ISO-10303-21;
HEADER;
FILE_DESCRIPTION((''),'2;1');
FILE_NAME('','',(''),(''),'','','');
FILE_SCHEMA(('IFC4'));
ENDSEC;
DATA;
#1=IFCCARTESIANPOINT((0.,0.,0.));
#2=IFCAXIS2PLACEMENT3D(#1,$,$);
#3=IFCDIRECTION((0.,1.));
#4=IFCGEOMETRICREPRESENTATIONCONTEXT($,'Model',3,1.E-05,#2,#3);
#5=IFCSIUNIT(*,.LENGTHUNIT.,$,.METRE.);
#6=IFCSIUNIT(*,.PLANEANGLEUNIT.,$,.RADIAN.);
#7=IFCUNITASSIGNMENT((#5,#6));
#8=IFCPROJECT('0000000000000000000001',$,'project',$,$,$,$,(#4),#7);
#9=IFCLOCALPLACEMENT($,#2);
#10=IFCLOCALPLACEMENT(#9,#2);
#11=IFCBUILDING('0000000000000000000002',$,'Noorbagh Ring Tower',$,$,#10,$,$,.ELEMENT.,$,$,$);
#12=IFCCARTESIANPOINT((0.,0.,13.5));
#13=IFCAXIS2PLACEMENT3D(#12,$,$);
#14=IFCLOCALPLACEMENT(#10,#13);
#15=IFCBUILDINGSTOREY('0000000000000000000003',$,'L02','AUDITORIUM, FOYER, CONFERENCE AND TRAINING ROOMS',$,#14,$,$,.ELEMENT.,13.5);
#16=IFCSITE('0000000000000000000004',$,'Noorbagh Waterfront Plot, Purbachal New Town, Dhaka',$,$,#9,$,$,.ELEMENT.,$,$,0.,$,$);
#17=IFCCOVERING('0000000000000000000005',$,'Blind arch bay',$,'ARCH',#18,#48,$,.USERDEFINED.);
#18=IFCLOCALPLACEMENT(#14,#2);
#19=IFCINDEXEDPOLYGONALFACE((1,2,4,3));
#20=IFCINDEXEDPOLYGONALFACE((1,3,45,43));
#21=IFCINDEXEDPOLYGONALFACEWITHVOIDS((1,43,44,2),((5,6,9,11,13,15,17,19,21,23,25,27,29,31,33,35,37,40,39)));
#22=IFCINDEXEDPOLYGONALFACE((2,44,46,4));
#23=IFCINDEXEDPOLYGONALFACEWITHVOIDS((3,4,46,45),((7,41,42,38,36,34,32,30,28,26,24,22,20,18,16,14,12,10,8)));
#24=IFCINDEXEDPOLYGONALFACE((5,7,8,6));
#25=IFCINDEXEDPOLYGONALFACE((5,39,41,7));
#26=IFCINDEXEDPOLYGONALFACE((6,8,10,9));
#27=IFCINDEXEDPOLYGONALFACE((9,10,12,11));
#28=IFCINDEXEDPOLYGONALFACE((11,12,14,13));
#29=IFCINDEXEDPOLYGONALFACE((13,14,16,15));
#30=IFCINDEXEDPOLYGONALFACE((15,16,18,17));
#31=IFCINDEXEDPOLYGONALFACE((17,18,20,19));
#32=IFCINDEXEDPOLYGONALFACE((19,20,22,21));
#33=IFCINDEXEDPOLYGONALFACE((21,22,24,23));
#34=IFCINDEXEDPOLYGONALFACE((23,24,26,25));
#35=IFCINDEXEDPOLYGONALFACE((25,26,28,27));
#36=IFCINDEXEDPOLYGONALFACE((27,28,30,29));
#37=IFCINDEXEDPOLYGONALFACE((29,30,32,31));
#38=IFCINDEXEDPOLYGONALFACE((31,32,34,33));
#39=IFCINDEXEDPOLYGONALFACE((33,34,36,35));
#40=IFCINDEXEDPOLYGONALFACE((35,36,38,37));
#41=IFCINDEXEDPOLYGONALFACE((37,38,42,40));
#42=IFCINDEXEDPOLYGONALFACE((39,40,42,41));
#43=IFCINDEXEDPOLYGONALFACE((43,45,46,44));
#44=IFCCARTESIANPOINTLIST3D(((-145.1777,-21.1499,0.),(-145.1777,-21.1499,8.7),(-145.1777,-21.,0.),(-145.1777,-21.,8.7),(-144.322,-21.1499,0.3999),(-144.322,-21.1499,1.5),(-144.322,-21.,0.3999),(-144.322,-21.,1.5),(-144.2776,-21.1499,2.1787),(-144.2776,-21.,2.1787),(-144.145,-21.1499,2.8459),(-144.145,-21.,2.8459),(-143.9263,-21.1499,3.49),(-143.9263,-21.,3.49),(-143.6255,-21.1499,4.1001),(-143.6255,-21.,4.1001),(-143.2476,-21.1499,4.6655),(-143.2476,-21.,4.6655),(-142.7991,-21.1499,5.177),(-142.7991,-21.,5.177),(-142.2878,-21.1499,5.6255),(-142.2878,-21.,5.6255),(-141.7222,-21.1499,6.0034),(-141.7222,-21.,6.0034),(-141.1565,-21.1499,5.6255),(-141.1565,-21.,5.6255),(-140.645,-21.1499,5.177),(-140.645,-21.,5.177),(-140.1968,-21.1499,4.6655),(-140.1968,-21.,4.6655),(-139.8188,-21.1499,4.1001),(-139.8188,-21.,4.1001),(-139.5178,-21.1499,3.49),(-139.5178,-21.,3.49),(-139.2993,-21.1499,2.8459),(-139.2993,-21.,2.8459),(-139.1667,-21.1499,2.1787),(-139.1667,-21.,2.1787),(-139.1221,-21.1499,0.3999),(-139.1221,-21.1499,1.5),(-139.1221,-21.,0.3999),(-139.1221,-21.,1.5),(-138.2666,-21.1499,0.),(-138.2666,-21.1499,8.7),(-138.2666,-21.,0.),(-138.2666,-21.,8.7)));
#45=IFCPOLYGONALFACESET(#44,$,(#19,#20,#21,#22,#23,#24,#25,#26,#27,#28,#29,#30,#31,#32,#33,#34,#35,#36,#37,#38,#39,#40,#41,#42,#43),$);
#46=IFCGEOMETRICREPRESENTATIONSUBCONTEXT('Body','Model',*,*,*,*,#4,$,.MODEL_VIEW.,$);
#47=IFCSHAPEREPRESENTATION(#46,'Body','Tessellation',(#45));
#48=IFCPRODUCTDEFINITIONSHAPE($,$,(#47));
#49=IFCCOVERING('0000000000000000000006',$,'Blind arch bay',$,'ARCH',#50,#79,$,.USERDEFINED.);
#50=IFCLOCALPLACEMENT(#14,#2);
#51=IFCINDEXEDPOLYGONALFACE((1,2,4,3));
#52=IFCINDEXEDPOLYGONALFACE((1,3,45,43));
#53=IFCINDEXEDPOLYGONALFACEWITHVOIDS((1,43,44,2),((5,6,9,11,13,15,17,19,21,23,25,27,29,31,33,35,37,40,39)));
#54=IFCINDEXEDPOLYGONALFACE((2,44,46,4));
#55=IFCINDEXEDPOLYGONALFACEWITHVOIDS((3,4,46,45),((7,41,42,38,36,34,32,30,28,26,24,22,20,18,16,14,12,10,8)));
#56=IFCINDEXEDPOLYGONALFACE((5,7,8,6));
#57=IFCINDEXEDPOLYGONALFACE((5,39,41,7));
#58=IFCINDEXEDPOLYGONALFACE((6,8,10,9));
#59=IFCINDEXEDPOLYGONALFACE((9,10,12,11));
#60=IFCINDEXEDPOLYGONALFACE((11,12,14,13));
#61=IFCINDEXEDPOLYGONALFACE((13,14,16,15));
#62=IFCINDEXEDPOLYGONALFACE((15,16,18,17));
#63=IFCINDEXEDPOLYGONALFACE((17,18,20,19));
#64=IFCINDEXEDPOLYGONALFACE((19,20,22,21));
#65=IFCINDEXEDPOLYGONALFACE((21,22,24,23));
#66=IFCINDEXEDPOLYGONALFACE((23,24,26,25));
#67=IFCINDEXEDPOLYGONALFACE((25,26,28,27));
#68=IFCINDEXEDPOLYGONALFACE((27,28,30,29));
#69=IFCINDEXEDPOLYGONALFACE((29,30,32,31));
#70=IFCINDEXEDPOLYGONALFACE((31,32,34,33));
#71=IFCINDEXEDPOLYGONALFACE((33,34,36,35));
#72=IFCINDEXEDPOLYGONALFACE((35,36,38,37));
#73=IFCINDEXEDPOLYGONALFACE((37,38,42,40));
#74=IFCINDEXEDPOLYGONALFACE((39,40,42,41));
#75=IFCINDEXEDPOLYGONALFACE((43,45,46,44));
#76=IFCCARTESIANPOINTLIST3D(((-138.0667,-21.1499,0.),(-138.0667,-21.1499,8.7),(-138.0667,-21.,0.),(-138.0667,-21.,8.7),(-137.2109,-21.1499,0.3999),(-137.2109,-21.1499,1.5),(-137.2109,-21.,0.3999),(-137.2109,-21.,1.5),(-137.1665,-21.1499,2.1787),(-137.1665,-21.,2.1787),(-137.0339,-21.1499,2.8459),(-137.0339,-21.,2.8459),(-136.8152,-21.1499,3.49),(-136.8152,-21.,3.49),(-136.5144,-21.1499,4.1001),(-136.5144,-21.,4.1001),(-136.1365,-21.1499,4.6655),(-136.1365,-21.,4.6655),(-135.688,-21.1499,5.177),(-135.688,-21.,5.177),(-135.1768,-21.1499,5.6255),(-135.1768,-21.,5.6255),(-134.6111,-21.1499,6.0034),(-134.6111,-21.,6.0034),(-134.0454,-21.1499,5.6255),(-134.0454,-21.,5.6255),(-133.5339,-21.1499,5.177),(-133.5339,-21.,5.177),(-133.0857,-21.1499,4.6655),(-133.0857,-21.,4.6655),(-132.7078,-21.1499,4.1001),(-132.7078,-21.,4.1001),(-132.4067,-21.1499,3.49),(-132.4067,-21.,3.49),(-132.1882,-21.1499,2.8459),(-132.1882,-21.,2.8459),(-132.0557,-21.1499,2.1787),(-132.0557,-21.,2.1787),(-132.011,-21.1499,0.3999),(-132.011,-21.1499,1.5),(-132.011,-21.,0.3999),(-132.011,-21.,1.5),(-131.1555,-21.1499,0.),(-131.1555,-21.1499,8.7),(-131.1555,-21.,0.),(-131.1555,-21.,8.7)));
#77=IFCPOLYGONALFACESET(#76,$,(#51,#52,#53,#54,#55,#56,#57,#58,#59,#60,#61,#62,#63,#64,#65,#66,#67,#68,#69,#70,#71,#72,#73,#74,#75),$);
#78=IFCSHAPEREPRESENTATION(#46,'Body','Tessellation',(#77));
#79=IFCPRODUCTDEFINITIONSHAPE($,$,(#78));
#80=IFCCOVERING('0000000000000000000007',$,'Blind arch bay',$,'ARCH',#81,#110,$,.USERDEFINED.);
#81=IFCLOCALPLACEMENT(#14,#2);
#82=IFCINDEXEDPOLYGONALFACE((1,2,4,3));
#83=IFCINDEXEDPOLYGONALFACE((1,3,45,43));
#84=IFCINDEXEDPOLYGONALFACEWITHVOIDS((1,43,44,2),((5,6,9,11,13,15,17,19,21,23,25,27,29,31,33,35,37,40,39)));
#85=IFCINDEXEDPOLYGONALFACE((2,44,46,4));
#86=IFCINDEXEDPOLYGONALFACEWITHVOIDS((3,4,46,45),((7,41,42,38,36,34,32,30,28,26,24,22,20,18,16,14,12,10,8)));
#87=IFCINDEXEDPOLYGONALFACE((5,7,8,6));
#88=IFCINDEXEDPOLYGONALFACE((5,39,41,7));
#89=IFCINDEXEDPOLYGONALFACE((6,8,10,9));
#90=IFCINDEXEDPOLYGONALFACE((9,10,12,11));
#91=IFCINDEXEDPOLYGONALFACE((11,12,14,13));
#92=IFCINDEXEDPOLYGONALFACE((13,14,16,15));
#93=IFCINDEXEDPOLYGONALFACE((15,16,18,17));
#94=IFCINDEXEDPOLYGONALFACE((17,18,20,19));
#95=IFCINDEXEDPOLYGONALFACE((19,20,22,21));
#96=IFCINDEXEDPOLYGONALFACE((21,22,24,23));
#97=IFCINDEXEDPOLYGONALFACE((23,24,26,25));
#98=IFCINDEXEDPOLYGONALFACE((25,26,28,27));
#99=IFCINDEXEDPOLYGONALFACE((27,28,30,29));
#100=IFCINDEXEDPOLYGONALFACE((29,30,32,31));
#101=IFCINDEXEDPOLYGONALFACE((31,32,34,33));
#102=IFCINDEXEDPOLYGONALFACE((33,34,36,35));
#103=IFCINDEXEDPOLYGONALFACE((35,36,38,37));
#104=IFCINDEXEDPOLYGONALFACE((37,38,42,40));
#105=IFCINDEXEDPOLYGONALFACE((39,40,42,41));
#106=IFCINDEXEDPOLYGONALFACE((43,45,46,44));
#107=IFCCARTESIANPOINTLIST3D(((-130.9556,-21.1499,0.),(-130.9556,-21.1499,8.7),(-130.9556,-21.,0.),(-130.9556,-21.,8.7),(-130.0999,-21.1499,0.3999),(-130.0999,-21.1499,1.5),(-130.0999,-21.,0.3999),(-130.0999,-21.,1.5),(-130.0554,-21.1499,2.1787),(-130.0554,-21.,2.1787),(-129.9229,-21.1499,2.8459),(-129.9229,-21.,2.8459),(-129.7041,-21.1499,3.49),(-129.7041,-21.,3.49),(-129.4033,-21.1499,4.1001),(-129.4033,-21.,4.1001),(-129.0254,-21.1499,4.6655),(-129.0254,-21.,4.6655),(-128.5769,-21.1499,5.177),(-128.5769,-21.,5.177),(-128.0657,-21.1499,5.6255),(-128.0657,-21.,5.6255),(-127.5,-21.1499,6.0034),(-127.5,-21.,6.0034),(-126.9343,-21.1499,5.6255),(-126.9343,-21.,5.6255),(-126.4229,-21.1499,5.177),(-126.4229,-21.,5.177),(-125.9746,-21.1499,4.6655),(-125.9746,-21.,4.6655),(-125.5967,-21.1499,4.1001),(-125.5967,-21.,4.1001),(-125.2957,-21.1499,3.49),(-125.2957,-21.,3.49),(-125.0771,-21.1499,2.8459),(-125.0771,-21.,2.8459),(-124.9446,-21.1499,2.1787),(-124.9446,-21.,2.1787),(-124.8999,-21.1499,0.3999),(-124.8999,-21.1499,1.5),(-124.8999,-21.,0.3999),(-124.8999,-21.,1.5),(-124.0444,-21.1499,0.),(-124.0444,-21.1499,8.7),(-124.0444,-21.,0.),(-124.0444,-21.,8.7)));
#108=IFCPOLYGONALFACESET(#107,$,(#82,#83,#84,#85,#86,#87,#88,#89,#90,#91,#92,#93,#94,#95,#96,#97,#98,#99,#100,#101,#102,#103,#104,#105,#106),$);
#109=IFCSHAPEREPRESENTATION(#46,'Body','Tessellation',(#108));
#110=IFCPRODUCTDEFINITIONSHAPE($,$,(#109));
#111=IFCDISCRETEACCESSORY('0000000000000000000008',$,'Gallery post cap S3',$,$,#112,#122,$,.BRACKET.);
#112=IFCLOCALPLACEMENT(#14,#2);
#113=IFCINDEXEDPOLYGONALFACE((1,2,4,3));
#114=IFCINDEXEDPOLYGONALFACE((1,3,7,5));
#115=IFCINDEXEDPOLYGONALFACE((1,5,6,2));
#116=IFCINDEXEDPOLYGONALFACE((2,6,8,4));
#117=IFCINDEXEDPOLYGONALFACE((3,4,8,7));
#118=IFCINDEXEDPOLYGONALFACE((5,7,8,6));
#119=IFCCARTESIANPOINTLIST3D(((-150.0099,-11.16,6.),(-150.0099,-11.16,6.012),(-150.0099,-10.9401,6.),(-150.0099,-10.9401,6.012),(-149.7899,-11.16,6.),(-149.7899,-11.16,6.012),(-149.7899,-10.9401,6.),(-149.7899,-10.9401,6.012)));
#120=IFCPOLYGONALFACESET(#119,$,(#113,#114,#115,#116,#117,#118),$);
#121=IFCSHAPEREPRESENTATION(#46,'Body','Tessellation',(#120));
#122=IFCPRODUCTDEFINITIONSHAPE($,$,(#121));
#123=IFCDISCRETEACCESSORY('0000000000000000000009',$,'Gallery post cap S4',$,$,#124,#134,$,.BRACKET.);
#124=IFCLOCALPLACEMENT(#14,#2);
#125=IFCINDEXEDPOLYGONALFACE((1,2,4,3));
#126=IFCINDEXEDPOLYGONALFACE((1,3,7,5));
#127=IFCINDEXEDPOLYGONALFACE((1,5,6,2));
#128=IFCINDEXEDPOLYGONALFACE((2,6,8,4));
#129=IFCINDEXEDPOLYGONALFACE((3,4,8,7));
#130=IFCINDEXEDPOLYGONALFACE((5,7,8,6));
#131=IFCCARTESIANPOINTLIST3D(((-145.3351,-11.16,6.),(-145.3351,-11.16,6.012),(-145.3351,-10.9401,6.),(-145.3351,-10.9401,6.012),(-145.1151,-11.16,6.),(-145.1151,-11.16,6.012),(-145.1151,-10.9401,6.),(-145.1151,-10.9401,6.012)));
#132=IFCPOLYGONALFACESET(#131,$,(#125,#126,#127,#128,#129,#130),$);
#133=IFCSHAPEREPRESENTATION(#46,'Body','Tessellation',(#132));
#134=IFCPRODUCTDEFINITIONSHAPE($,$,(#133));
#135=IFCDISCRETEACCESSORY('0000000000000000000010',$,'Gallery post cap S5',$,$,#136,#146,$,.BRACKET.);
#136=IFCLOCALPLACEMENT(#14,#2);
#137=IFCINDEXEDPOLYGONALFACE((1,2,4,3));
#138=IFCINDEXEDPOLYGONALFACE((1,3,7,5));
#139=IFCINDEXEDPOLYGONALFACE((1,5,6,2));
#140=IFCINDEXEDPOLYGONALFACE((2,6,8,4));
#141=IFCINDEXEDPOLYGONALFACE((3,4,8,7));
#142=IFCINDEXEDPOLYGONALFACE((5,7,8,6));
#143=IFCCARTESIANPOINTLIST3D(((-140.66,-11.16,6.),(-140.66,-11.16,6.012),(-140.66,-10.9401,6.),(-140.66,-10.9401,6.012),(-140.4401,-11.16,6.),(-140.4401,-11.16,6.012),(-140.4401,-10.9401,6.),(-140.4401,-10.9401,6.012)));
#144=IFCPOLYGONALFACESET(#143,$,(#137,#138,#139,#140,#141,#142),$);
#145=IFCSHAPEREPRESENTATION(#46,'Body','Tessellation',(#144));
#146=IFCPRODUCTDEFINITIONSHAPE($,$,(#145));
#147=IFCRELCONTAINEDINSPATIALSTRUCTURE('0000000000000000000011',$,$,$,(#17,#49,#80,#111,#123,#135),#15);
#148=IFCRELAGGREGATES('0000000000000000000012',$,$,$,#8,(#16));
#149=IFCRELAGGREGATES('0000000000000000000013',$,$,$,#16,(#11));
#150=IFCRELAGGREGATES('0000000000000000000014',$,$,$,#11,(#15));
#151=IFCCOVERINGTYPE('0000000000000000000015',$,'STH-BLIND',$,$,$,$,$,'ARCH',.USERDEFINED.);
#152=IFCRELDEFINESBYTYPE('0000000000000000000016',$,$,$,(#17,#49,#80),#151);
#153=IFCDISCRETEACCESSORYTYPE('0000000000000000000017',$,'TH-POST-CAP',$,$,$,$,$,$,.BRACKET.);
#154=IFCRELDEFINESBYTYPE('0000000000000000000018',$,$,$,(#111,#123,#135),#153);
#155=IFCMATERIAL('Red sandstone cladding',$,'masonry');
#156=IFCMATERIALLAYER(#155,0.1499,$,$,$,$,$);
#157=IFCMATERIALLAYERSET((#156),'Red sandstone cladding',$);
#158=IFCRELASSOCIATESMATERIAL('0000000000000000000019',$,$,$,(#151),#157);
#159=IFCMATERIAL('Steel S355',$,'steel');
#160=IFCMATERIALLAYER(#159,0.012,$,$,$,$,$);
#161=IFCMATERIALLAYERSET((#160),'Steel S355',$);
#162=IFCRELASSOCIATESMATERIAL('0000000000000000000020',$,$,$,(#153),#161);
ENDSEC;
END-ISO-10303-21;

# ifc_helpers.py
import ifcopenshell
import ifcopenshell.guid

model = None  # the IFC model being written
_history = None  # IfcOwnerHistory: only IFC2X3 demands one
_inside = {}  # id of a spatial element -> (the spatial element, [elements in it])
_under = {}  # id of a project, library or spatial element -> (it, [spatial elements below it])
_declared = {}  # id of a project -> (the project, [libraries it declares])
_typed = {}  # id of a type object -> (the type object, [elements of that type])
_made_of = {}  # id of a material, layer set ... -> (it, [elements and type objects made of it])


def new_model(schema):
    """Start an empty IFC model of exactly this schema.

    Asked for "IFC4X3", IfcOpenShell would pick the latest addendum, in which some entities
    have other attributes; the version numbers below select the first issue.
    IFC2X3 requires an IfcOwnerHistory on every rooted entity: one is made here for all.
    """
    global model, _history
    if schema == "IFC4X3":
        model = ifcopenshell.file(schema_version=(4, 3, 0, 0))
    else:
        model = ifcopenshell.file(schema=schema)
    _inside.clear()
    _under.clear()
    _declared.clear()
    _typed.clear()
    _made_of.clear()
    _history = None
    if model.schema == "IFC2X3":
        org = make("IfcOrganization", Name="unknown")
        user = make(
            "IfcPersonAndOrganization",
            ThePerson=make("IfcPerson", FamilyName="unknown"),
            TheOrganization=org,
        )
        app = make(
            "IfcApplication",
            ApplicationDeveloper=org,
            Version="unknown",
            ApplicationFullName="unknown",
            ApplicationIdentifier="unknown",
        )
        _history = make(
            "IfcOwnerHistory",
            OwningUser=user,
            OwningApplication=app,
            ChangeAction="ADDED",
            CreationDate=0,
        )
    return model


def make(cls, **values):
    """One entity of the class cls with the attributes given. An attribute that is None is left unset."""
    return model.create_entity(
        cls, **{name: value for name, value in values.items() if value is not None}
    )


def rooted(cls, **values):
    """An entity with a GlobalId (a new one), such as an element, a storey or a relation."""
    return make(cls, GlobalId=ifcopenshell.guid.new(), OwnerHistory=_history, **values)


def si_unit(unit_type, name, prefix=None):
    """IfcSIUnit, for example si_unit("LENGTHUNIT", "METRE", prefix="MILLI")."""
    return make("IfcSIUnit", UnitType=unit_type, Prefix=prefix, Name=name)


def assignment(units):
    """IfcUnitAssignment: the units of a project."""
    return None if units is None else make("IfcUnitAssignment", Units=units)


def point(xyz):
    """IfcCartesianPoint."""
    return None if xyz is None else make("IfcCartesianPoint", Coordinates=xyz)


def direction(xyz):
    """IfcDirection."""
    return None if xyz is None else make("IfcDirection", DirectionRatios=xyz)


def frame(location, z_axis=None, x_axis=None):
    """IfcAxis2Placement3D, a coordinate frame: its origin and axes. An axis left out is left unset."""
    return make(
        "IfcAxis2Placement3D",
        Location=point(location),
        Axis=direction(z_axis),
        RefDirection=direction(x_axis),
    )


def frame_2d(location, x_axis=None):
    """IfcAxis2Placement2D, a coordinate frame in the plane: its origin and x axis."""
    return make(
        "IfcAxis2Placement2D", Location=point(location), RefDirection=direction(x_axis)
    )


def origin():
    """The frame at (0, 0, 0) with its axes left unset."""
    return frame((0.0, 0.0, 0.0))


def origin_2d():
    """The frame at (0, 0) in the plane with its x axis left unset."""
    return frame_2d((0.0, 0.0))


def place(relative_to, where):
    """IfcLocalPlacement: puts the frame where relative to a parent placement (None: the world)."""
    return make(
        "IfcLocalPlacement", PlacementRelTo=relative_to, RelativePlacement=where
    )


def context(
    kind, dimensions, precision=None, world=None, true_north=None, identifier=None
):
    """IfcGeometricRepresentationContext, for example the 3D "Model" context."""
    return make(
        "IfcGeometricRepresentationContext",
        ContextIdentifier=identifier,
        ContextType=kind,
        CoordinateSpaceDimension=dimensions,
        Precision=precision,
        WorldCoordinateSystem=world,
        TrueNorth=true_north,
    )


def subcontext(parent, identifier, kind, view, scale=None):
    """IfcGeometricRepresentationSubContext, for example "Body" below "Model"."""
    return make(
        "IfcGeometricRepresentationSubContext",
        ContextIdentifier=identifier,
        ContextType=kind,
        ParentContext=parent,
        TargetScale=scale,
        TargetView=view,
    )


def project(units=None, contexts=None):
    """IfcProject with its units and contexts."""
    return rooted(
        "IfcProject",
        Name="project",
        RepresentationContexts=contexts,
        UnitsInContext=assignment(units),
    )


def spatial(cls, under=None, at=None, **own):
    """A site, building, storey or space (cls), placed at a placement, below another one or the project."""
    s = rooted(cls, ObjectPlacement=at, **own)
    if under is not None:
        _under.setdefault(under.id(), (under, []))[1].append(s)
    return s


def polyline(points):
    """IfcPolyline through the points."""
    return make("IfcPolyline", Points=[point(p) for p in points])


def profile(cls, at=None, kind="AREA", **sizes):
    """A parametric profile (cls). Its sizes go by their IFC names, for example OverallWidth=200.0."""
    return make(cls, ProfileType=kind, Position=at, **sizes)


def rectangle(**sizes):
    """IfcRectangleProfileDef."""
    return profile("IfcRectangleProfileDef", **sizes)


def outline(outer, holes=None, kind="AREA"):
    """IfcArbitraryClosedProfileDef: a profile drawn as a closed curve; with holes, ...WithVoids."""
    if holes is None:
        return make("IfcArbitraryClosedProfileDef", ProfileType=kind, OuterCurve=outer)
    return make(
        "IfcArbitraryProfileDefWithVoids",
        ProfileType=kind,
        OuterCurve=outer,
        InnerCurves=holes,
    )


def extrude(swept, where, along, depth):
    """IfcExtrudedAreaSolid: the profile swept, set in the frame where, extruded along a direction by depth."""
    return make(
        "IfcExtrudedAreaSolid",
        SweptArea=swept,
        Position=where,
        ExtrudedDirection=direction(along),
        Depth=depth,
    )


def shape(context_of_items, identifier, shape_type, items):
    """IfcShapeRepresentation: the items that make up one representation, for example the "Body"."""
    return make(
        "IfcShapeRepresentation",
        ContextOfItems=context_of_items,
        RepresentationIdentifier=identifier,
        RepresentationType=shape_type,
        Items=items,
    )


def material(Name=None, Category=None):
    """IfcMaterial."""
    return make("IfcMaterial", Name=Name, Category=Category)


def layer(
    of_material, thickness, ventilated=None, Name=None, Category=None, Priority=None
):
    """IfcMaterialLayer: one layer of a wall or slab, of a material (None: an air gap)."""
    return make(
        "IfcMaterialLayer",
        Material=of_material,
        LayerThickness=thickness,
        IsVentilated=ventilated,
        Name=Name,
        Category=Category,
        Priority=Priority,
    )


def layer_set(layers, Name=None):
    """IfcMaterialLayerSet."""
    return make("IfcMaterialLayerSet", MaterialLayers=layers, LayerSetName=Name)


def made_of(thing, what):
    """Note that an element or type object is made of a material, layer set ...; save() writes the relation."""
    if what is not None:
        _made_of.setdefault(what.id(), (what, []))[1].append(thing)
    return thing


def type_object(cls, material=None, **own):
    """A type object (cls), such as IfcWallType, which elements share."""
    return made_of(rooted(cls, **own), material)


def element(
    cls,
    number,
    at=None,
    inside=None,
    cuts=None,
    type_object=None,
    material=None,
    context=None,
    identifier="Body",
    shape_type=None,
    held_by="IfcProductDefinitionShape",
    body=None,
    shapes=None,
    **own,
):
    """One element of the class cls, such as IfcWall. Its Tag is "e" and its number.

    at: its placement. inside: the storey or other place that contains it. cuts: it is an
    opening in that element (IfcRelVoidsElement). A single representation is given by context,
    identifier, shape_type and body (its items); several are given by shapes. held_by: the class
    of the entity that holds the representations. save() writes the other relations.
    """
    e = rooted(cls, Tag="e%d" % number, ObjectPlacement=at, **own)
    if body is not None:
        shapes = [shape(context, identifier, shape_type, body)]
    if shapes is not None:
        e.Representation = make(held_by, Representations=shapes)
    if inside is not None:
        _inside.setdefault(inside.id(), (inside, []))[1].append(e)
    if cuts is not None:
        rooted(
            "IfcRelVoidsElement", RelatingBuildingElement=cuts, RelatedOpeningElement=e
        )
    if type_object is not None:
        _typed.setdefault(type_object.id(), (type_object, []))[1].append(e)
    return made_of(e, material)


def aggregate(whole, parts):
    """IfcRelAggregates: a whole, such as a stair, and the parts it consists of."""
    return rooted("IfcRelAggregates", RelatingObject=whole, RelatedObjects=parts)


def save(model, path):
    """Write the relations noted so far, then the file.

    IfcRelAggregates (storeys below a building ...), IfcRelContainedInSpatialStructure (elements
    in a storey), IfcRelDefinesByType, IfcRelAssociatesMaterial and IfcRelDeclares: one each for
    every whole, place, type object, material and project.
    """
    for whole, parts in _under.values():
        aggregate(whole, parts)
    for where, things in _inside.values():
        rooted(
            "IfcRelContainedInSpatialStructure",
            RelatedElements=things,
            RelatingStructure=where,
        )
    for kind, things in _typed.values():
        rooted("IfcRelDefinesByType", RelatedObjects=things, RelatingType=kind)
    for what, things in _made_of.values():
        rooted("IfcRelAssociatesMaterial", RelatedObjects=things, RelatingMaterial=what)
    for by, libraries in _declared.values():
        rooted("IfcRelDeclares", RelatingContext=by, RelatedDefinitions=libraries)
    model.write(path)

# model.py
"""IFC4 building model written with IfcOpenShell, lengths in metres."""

from ifc_helpers import new_model, si_unit, direction, frame, origin, origin_2d, place, context, subcontext, project, spatial, polyline, rectangle, outline, extrude, material, layer, layer_set, type_object, element, save


model = new_model("IFC4")

# Units and contexts
model_context = context("Model", 3, precision=1e-05, world=origin(), true_north=direction((0.0, 1.0)))
body_context = subcontext(model_context, "Body", "Model", "MODEL_VIEW")
ifc_project = project(units=[si_unit("LENGTHUNIT", "METRE"), si_unit("PLANEANGLEUNIT", "RADIAN")], contexts=[model_context])

# Site, building, storey
site_placement = place(None, origin())
site = spatial("IfcSite", under=ifc_project, at=site_placement, Name="Noorbagh Waterfront Plot, Purbachal New Town, Dhaka", CompositionType="ELEMENT", RefElevation=0.0)
building_placement = place(site_placement, origin())
building = spatial("IfcBuilding", under=site, at=building_placement, Name="Noorbagh Ring Tower", CompositionType="ELEMENT")
storey_placement = place(building_placement, frame((0.0, 0.0, 13.5)))
storey = spatial("IfcBuildingStorey", under=building, at=storey_placement, Name="L02", Description="AUDITORIUM, FOYER, CONFERENCE AND TRAINING ROOMS", CompositionType="ELEMENT", Elevation=13.5)

# Coverings
ifc_material_1 = material(Name="Red sandstone cladding", Category="masonry")
ifc_layer_1 = layer(ifc_material_1, 0.1499)
ifc_layer_set_1 = layer_set([ifc_layer_1], Name="Red sandstone cladding")
covering_type = type_object("IfcCoveringType", Name="STH-BLIND", ElementType="ARCH", PredefinedType="USERDEFINED", material=ifc_layer_set_1)
for number, where, z_axis, x_axis, name in (
    (1, (-145.1777, -21.1499, 0.0), (0.0, -1.0, 0.0), (1.0, 0.0, 0.0), "Blind arch bay"),
    (2, (-138.0667, -21.1499, 0.0), (0.0, -1.0, 0.0), (1.0, 0.0, 0.0), "Blind arch bay"),
    (3, (-130.9556, -21.1499, 0.0), (0.0, -1.0, 0.0), (1.0, 0.0, 0.0), "Blind arch bay"),
):
    element("IfcCovering", number, at=place(storey_placement, frame(where, z_axis=z_axis, x_axis=x_axis)), inside=storey, type_object=covering_type, Name=name, ObjectType="ARCH", PredefinedType="USERDEFINED", context=body_context, shape_type="SweptSolid", body=[
        extrude(outline(polyline([(0.0, 0.0), (6.9111, 0.0), (6.9111, 8.7), (0.0, 8.7), (0.0, 0.0)]), holes=[polyline([(0.8557, 0.3999), (0.8557, 1.5), (0.9001, 2.1787), (1.0327, 2.8459), (1.2515, 3.49), (1.5522, 4.1001), (1.9302, 4.6655), (2.3787, 5.177), (2.8899, 5.6255), (3.4556, 6.0034), (4.0212, 5.6255), (4.5327, 5.177), (4.981, 4.6655), (5.3589, 4.1001), (5.6599, 3.49), (5.8784, 2.8459), (6.011, 2.1787), (6.0557, 1.5), (6.0557, 0.3999), (0.8557, 0.3999)])]), origin(), (0.0, 0.0, -1.0), 0.1499),
    ])

# Discrete accessories
ifc_material_2 = material(Name="Steel S355", Category="steel")
ifc_layer_2 = layer(ifc_material_2, 0.012)
ifc_layer_set_2 = layer_set([ifc_layer_2], Name="Steel S355")
discrete_accessory_type = type_object("IfcDiscreteAccessoryType", Name="TH-POST-CAP", PredefinedType="BRACKET", material=ifc_layer_set_2)
for number, where, z_axis, x_axis, name in (
    (4, (-149.8999, -11.05, 6.0), (0.0, 0.0, 1.0), (1.0, 0.0, 0.0), "Gallery post cap S3"),
    (5, (-145.2251, -11.05, 6.0), (0.0, 0.0, 1.0), (1.0, 0.0, 0.0), "Gallery post cap S4"),
    (6, (-140.55, -11.05, 6.0), (0.0, 0.0, 1.0), (1.0, 0.0, 0.0), "Gallery post cap S5"),
):
    element("IfcDiscreteAccessory", number, at=place(storey_placement, frame(where, z_axis=z_axis, x_axis=x_axis)), inside=storey, type_object=discrete_accessory_type, Name=name, PredefinedType="BRACKET", context=body_context, shape_type="SweptSolid", body=[
        extrude(rectangle(XDim=0.22, YDim=0.22, at=origin_2d()), origin(), (0.0, 0.0, 1.0), 0.012),
    ])

save(model, "model.ifc")
